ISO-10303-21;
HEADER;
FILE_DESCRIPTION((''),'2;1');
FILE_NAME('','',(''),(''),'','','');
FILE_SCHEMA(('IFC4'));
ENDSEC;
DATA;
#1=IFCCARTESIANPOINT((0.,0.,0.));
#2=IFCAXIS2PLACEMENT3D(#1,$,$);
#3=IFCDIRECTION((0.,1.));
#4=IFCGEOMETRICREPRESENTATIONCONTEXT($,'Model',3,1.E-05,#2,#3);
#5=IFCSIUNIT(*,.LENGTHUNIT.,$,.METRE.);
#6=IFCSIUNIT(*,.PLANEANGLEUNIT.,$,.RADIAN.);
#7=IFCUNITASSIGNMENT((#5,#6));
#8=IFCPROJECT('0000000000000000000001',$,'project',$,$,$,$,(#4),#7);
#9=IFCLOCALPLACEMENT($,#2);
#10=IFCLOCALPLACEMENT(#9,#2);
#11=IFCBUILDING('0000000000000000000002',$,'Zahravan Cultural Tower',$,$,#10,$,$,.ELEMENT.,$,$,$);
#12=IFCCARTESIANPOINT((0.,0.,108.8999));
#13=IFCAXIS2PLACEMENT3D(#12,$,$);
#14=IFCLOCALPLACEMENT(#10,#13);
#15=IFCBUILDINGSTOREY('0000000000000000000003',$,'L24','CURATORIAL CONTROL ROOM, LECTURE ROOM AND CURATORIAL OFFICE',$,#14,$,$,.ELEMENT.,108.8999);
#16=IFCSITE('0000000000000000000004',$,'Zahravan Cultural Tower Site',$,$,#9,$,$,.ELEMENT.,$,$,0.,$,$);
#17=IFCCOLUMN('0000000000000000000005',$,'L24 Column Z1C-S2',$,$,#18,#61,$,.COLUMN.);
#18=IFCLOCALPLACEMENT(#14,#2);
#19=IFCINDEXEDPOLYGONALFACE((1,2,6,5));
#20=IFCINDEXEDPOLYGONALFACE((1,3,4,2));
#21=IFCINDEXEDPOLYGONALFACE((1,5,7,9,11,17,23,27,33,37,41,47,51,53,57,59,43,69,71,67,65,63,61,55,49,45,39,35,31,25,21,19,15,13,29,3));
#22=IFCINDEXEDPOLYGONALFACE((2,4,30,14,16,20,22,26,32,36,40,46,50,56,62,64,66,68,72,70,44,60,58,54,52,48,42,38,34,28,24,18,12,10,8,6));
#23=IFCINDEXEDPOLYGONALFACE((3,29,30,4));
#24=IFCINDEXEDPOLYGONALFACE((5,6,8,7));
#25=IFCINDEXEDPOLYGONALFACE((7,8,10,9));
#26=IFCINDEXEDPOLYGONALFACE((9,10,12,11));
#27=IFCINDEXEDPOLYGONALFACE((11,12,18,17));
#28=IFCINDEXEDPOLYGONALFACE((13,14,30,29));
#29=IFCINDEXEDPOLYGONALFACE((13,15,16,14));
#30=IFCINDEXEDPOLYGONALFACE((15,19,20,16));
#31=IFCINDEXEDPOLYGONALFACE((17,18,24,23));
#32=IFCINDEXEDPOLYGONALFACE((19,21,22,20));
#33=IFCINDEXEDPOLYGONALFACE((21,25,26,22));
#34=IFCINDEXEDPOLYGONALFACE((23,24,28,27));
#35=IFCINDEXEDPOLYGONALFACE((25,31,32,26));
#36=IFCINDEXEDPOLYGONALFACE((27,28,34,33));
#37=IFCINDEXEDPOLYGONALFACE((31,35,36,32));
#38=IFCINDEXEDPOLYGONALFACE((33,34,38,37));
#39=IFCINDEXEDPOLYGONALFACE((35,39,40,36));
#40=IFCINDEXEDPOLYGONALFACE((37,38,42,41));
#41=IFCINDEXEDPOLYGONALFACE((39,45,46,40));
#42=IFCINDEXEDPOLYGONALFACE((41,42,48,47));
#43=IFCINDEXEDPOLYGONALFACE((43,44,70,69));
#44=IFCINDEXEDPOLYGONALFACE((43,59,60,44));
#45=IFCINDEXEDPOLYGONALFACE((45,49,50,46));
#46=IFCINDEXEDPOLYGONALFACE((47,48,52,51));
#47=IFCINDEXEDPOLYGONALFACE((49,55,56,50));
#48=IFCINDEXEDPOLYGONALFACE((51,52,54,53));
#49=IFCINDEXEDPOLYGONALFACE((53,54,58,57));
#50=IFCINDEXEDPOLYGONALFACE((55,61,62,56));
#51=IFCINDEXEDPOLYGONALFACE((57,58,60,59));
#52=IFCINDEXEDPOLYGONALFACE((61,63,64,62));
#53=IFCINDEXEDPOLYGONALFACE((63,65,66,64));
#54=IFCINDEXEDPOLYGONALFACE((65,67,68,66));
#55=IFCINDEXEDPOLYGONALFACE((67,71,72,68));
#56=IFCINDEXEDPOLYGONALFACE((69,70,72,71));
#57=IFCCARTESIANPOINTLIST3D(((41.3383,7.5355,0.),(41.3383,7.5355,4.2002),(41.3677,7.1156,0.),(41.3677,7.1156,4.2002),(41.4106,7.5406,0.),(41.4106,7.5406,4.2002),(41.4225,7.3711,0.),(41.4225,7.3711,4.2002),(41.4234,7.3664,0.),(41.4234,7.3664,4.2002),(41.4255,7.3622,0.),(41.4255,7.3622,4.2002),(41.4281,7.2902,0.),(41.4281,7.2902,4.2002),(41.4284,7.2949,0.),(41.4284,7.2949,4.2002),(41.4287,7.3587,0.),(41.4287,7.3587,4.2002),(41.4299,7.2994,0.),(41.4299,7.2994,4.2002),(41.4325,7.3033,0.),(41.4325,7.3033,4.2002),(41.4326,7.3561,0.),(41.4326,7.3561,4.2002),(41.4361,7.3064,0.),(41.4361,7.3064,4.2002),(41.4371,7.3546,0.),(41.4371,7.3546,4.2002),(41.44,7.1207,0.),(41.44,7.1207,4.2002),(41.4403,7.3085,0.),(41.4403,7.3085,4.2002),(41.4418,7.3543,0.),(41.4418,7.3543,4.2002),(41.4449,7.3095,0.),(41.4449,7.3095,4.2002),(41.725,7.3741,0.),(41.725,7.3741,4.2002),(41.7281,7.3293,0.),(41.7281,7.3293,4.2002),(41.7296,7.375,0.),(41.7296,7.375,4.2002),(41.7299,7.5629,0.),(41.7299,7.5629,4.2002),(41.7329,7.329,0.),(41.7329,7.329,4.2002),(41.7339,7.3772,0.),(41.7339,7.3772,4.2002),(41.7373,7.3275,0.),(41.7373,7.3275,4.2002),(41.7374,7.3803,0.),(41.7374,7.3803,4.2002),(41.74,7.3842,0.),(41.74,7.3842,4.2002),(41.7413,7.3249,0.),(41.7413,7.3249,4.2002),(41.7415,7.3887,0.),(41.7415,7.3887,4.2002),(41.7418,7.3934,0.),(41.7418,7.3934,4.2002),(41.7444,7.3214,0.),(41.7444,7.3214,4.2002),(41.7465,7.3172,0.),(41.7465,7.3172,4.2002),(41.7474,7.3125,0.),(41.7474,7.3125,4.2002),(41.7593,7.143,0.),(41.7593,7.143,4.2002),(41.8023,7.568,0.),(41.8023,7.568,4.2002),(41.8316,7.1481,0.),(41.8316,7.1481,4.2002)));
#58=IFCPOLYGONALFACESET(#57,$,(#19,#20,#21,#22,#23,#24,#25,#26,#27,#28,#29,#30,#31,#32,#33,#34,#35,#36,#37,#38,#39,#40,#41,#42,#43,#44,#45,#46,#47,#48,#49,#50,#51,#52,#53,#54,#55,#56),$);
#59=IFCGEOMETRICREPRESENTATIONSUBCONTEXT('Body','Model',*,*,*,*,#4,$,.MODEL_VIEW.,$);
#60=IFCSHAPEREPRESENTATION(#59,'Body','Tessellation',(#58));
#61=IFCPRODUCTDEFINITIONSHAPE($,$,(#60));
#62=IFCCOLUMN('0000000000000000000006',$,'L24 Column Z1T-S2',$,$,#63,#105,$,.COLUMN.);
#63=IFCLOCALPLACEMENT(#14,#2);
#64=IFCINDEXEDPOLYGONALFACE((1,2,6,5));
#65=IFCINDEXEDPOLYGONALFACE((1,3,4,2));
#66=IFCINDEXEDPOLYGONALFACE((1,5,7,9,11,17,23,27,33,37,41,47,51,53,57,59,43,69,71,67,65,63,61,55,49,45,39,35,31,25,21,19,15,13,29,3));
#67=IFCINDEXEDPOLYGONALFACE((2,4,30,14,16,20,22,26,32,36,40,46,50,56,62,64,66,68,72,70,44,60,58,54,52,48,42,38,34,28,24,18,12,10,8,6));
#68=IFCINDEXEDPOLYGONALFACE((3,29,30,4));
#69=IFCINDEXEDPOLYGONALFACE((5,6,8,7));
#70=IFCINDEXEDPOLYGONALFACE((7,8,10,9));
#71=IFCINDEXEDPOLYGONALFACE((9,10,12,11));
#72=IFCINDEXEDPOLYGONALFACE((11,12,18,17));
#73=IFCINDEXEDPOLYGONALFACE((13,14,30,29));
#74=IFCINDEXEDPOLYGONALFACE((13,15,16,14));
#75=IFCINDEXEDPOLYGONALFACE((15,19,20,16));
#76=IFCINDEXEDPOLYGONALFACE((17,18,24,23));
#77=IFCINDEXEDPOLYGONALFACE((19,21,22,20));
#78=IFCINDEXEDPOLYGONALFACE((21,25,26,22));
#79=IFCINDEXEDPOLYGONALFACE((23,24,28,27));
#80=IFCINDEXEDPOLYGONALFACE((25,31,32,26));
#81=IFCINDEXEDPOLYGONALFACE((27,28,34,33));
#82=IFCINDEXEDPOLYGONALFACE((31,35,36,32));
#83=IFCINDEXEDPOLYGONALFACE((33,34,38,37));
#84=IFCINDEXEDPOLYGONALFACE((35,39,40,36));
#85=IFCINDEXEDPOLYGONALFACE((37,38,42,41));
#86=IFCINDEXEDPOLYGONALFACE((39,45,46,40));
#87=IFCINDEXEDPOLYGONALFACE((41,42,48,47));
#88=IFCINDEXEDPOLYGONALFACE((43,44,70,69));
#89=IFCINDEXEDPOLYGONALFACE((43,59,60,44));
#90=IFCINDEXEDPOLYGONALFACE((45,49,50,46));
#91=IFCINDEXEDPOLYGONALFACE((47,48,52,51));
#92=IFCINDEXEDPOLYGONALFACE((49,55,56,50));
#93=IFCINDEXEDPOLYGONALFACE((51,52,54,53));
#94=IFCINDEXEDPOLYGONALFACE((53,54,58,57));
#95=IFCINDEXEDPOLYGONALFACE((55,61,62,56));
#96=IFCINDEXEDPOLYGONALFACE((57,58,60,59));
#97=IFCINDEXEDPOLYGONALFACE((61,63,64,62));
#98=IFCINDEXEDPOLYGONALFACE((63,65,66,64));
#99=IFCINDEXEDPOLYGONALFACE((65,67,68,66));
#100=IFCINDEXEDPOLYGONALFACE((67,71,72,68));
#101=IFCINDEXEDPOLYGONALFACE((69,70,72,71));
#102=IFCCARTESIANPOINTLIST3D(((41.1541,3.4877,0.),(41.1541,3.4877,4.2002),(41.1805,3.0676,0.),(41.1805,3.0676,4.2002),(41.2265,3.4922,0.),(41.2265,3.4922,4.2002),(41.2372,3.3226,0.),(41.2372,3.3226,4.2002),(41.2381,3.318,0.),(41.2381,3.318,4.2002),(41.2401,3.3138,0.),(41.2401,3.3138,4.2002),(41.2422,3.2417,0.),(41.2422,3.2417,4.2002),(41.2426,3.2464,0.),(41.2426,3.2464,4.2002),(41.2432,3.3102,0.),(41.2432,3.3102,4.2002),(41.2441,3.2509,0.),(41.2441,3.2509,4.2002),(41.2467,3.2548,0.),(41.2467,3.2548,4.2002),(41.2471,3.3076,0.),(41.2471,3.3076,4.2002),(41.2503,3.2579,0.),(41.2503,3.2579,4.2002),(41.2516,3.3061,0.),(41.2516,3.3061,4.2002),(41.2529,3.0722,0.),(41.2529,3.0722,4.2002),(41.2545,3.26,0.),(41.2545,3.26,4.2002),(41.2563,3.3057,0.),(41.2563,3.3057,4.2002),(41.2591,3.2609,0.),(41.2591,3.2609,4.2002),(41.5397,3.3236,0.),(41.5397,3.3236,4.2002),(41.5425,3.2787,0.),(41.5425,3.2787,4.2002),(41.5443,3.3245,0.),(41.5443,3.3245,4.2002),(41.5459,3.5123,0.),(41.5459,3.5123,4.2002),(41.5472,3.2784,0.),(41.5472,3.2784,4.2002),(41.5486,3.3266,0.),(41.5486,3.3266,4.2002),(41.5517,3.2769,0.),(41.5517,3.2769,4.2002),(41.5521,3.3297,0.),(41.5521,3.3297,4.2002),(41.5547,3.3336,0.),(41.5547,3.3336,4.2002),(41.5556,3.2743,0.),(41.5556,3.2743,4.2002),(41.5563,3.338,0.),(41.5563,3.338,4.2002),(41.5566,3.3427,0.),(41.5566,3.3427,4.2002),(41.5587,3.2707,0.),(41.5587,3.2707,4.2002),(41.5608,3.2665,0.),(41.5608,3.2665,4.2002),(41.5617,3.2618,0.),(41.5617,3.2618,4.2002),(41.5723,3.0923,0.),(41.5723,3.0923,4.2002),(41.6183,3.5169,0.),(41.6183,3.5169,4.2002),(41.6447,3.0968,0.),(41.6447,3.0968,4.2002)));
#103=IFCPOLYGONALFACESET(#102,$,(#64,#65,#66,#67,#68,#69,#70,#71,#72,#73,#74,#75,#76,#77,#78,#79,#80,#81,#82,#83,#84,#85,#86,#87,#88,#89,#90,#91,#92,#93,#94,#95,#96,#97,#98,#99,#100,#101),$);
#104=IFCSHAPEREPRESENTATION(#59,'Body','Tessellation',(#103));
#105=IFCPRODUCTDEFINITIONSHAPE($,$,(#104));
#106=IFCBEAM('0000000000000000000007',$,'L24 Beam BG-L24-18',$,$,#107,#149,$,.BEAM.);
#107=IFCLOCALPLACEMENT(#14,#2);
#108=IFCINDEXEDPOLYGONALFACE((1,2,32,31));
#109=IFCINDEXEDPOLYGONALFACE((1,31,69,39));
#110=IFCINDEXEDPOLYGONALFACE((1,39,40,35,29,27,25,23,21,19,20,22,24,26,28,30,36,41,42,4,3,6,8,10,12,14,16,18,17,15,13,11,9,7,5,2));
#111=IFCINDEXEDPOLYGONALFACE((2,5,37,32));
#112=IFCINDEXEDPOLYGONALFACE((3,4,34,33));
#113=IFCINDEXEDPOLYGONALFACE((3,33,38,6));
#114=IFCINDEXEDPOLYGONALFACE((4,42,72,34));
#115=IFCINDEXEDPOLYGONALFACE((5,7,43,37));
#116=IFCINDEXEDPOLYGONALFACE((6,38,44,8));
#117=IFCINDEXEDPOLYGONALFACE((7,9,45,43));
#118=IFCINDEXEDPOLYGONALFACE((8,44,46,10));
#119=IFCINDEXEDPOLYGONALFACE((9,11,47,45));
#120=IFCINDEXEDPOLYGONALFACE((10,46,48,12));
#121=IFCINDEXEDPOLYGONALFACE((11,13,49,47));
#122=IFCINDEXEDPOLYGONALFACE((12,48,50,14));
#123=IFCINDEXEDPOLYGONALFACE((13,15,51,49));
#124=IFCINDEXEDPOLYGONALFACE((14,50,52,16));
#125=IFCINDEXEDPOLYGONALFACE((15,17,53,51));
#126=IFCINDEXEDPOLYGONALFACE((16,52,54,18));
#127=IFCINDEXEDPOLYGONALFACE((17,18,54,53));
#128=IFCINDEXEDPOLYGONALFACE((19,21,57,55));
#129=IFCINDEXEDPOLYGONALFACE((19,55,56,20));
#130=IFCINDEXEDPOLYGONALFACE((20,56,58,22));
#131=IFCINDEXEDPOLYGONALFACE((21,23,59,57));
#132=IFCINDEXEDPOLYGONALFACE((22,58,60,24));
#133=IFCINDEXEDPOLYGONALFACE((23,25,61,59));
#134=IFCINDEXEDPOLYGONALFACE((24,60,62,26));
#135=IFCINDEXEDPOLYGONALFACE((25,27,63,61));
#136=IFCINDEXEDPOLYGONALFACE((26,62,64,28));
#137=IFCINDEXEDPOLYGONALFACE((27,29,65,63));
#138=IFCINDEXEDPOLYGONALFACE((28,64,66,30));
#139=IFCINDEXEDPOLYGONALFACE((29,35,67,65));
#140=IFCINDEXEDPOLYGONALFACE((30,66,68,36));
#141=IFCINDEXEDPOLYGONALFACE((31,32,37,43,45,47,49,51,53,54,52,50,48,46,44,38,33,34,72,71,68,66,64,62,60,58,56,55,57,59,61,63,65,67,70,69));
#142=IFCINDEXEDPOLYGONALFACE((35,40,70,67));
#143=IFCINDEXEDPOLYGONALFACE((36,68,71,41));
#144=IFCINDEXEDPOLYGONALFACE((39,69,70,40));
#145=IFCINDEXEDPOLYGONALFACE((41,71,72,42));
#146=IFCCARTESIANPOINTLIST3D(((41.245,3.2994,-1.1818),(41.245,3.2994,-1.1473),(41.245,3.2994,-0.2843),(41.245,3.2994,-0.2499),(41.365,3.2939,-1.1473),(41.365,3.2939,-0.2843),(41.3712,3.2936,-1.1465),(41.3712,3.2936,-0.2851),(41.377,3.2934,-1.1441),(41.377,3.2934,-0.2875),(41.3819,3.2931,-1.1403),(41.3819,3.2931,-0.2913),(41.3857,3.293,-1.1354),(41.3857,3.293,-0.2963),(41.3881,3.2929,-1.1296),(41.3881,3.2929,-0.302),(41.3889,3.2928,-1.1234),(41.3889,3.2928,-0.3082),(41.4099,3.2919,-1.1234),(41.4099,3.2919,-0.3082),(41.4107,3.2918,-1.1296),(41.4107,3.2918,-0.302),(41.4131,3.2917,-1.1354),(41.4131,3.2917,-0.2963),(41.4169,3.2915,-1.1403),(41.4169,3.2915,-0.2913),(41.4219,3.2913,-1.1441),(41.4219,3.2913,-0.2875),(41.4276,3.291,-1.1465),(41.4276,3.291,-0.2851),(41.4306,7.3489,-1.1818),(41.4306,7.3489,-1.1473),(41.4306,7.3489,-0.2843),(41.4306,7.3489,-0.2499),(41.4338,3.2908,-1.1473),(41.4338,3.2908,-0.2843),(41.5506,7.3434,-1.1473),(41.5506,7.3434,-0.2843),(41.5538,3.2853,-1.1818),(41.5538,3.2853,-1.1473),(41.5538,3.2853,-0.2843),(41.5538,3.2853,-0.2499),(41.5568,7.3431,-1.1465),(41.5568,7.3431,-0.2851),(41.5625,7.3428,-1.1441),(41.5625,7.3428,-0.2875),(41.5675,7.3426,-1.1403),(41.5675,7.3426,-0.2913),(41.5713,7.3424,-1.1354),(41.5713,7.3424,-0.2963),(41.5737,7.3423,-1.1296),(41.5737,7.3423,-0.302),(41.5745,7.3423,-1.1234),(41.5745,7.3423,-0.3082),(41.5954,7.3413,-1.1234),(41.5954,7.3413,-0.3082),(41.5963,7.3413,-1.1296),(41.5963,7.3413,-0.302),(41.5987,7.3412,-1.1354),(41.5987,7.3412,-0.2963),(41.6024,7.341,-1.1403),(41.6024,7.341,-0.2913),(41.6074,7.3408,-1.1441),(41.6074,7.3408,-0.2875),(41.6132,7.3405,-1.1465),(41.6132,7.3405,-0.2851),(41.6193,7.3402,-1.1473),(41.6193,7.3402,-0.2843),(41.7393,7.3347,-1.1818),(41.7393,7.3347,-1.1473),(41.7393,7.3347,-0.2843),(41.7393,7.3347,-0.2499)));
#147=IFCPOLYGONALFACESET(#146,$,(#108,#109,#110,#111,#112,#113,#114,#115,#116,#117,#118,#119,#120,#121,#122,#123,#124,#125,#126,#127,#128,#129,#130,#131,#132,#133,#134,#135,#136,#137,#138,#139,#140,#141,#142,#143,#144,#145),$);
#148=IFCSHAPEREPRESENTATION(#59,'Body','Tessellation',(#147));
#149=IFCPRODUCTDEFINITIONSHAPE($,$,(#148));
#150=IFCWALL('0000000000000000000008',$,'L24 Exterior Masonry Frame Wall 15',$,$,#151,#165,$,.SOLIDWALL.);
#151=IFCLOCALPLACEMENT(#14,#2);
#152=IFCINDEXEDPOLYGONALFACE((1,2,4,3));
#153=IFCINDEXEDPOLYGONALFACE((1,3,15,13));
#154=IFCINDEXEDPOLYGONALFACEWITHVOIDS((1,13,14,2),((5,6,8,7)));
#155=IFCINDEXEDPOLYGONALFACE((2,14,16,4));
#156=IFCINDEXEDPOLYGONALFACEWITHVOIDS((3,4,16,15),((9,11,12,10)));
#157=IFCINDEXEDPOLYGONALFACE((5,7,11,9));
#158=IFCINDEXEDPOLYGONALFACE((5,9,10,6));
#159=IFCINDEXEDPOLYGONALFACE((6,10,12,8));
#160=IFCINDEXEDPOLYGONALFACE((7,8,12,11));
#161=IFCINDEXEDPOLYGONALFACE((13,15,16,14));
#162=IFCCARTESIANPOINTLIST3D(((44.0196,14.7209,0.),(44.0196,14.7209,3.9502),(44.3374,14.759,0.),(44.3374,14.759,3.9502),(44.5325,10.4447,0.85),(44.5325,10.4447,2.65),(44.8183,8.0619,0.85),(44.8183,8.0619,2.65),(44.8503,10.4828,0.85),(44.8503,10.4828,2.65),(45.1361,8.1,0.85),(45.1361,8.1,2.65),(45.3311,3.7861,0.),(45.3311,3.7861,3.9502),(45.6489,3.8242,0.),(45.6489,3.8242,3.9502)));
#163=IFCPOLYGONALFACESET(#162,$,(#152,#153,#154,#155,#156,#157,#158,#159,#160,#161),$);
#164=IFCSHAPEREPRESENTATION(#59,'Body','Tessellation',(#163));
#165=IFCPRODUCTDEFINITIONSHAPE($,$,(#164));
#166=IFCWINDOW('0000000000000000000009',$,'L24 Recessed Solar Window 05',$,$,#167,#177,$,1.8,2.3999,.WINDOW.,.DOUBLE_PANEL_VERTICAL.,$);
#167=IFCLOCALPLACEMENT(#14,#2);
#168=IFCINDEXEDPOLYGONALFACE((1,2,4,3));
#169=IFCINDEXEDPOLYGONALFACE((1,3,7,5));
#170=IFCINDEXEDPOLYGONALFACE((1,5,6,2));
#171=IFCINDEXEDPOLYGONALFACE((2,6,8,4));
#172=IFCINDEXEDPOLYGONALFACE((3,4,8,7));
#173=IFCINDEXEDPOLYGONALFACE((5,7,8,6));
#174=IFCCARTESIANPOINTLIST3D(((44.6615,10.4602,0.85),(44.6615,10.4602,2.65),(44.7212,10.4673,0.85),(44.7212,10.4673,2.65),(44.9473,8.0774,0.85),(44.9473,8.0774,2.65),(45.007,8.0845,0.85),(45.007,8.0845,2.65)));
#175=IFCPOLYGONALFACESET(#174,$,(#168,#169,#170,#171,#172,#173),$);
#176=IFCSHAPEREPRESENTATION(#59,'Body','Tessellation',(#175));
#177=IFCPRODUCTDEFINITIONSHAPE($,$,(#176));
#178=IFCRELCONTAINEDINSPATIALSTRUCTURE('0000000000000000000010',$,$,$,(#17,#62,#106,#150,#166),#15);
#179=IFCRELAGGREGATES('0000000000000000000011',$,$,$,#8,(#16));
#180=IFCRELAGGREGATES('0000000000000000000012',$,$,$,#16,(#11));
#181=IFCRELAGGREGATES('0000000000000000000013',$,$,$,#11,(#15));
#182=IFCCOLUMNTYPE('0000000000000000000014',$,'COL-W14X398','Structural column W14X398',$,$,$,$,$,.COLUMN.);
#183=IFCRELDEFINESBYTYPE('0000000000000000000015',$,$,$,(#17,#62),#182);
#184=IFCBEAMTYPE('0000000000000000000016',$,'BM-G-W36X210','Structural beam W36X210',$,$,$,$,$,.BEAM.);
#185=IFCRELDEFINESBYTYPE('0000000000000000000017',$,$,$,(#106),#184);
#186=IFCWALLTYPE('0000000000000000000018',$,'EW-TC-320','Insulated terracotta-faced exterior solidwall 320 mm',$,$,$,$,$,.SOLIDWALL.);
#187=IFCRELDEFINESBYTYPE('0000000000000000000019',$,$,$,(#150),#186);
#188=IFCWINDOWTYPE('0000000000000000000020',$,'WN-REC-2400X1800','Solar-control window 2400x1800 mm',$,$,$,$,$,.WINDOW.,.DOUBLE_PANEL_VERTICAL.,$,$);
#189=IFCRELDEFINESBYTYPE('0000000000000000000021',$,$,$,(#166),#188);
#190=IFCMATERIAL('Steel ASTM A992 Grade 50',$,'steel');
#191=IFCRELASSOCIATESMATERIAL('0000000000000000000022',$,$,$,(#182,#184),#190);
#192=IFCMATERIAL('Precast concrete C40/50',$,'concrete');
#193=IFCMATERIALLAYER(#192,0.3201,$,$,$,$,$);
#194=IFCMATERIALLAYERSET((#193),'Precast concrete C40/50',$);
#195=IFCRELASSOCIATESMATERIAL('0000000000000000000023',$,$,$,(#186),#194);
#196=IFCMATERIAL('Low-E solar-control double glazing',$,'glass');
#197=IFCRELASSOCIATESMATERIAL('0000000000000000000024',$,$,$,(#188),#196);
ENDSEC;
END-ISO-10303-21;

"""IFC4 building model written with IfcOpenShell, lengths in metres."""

from ifc_helpers import new_model, si_unit, direction, frame, frame_2d, origin, origin_2d, place, context, subcontext, project, spatial, rectangle, i_section, extrude, source, transform, mapped, material, layer, layer_set, material_profile, profile_set, type_object, element, fill, save


model = new_model("IFC4")

# Units and contexts
model_context = context("Model", 3, precision=1e-05, world=origin(), true_north=direction((0.0, 1.0)))
body_context = subcontext(model_context, "Body", "Model", "MODEL_VIEW")
ifc_project = project(units=[si_unit("LENGTHUNIT", "METRE"), si_unit("PLANEANGLEUNIT", "RADIAN")], contexts=[model_context])

# Site, building, storey
site_placement = place(None, origin())
site = spatial("IfcSite", under=ifc_project, at=site_placement, Name="Zahravan Cultural Tower Site", CompositionType="ELEMENT", RefElevation=0.0)
building_placement = place(site_placement, origin())
building = spatial("IfcBuilding", under=site, at=building_placement, Name="Zahravan Cultural Tower", CompositionType="ELEMENT")
storey_placement = place(building_placement, frame((0.0, 0.0, 108.8999)))
storey = spatial("IfcBuildingStorey", under=building, at=storey_placement, Name="L24", Description="CURATORIAL CONTROL ROOM, LECTURE ROOM AND CURATORIAL OFFICE", CompositionType="ELEMENT", Elevation=108.8999)

# Columns
ifc_material_1 = material(Name="Steel ASTM A992 Grade 50", Category="steel")
ifc_material_profile_1 = material_profile(ifc_material_1, i_section(OverallWidth=0.4209, OverallDepth=0.4651, WebThickness=0.0449, FlangeThickness=0.0725, FilletRadius=0.0181, at=origin_2d()), Name="W14X398")
ifc_profile_set_1 = profile_set([ifc_material_profile_1], Name="Steel ASTM A992 Grade 50")
column_type = type_object("IfcColumnType", Name="COL-W14X398", Description="Structural column W14X398", PredefinedType="COLUMN", material=ifc_profile_set_1)
shared_shape_1 = source(origin(), body_context, "Body", "SweptSolid", [
    extrude(i_section(OverallWidth=0.4209, OverallDepth=0.4651, WebThickness=0.0449, FlangeThickness=0.0725, FilletRadius=0.0181, at=origin_2d()), origin(), (0.0, 0.0, 1.0), 4.2002),
])
for number, where, z_axis, x_axis, name in (
    (1, (41.585, 7.3418, 0.0), (0.0, 0.0, 1.0), (-0.069756, 0.997564, 0.0), "L24 Column Z1C-S2"),
    (2, (41.3994, 3.2922, 0.0), (0.0, 0.0, 1.0), (-0.062791, 0.998027, 0.0), "L24 Column Z1T-S2"),
):
    element("IfcColumn", number, at=place(storey_placement, frame(where, z_axis=z_axis, x_axis=x_axis)), inside=storey, type_object=column_type, Name=name, PredefinedType="COLUMN", context=body_context, shape_type="MappedRepresentation", body=[
        mapped(shared_shape_1, transform((0.0, 0.0, 0.0), x_axis=(1.0, 0.0, 0.0), y_axis=(0.0, 1.0, 0.0), z_axis=(0.0, 0.0, 1.0), scale=1.0)),
    ])

# Beam
ifc_material_profile_2 = material_profile(ifc_material_1, i_section(OverallWidth=0.3091, OverallDepth=0.9319, WebThickness=0.021, FlangeThickness=0.0344, FilletRadius=0.0239, at=origin_2d()), Name="W36X210")
ifc_profile_set_2 = profile_set([ifc_material_profile_2], Name="Steel ASTM A992 Grade 50")
beam_type = type_object("IfcBeamType", Name="BM-G-W36X210", Description="Structural beam W36X210", PredefinedType="BEAM", material=ifc_profile_set_2)
shared_shape_2 = source(origin(), body_context, "Body", "SweptSolid", [
    extrude(i_section(OverallWidth=0.3091, OverallDepth=0.9319, WebThickness=0.021, FlangeThickness=0.0344, FilletRadius=0.0239, at=origin_2d()), origin(), (0.0, 0.0, 1.0), 4.0537),
])
beam_placement = place(storey_placement, frame((41.585, 7.3418, -0.7158), z_axis=(-0.045771, -0.998952, 0.0), x_axis=(0.998952, -0.045771, 0.0)))
element("IfcBeam", 3, at=beam_placement, inside=storey, type_object=beam_type, Name="L24 Beam BG-L24-18", PredefinedType="BEAM", context=body_context, shape_type="MappedRepresentation", body=[
    mapped(shared_shape_2, transform((0.0, 0.0, 0.0), x_axis=(1.0, 0.0, 0.0), y_axis=(0.0, 1.0, 0.0), z_axis=(0.0, 0.0, 1.0), scale=1.0)),
])

# Wall, opening, window
ifc_material_2 = material(Name="Precast concrete C40/50", Category="concrete")
ifc_layer_1 = layer(ifc_material_2, 0.3201)
ifc_layer_set_1 = layer_set([ifc_layer_1], Name="Precast concrete C40/50")
wall_type = type_object("IfcWallType", Name="EW-TC-320", Description="Insulated terracotta-faced exterior solidwall 320 mm", PredefinedType="SOLIDWALL", material=ifc_layer_set_1)
wall_1_placement = place(storey_placement, frame((44.1785, 14.74, 0.0), z_axis=(0.0, 0.0, 1.0), x_axis=(0.119087, -0.992884, 0.0)))
wall_1 = element("IfcWall", 4, at=wall_1_placement, inside=storey, type_object=wall_type, Name="L24 Exterior Masonry Frame Wall 15", PredefinedType="SOLIDWALL", context=body_context, shape_type="SweptSolid", body=[
    extrude(rectangle(XDim=11.0132, YDim=0.3201, at=frame_2d((5.5066, 0.0))), origin(), (0.0, 0.0, 1.0), 3.9502),
])
opening_1_placement = place(wall_1_placement, frame((4.3069, 0.0, 0.8501)))
opening_1 = element("IfcOpeningElement", 5, at=opening_1_placement, cuts=wall_1, PredefinedType="OPENING", context=body_context, shape_type="SweptSolid", body=[
    extrude(rectangle(XDim=2.3999, YDim=1.8, at=frame_2d((1.2, 0.8999))), frame((0.0, 0.1699, 0.0), z_axis=(0.0, -1.0, 0.0), x_axis=(1.0, 0.0, 0.0)), (0.0, 0.0, 1.0), 0.3401),
])
ifc_material_3 = material(Name="Low-E solar-control double glazing", Category="glass")
window_type = type_object("IfcWindowType", Name="WN-REC-2400X1800", Description="Solar-control window 2400x1800 mm", PartitioningType="DOUBLE_PANEL_VERTICAL", PredefinedType="WINDOW", material=ifc_material_3)
shared_shape_3 = source(origin(), body_context, "Body", "SweptSolid", [
    extrude(rectangle(XDim=2.3999, YDim=1.8, at=frame_2d((1.2, 0.8999))), frame((0.0, 0.03, 0.0), z_axis=(0.0, -1.0, 0.0), x_axis=(1.0, 0.0, 0.0)), (0.0, 0.0, 1.0), 0.0601),
])
window_1_placement = place(opening_1_placement, origin())
window_1 = element("IfcWindow", 6, at=window_1_placement, inside=storey, type_object=window_type, Name="L24 Recessed Solar Window 05", OverallHeight=1.8, OverallWidth=2.3999, PartitioningType="DOUBLE_PANEL_VERTICAL", PredefinedType="WINDOW", context=body_context, shape_type="MappedRepresentation", body=[
    mapped(shared_shape_3, transform((0.0, 0.0, 0.0), x_axis=(1.0, 0.0, 0.0), y_axis=(0.0, 1.0, 0.0), z_axis=(0.0, 0.0, 1.0), scale=1.0)),
])
fill(opening_1, window_1)

save(model, "model.ifc")
